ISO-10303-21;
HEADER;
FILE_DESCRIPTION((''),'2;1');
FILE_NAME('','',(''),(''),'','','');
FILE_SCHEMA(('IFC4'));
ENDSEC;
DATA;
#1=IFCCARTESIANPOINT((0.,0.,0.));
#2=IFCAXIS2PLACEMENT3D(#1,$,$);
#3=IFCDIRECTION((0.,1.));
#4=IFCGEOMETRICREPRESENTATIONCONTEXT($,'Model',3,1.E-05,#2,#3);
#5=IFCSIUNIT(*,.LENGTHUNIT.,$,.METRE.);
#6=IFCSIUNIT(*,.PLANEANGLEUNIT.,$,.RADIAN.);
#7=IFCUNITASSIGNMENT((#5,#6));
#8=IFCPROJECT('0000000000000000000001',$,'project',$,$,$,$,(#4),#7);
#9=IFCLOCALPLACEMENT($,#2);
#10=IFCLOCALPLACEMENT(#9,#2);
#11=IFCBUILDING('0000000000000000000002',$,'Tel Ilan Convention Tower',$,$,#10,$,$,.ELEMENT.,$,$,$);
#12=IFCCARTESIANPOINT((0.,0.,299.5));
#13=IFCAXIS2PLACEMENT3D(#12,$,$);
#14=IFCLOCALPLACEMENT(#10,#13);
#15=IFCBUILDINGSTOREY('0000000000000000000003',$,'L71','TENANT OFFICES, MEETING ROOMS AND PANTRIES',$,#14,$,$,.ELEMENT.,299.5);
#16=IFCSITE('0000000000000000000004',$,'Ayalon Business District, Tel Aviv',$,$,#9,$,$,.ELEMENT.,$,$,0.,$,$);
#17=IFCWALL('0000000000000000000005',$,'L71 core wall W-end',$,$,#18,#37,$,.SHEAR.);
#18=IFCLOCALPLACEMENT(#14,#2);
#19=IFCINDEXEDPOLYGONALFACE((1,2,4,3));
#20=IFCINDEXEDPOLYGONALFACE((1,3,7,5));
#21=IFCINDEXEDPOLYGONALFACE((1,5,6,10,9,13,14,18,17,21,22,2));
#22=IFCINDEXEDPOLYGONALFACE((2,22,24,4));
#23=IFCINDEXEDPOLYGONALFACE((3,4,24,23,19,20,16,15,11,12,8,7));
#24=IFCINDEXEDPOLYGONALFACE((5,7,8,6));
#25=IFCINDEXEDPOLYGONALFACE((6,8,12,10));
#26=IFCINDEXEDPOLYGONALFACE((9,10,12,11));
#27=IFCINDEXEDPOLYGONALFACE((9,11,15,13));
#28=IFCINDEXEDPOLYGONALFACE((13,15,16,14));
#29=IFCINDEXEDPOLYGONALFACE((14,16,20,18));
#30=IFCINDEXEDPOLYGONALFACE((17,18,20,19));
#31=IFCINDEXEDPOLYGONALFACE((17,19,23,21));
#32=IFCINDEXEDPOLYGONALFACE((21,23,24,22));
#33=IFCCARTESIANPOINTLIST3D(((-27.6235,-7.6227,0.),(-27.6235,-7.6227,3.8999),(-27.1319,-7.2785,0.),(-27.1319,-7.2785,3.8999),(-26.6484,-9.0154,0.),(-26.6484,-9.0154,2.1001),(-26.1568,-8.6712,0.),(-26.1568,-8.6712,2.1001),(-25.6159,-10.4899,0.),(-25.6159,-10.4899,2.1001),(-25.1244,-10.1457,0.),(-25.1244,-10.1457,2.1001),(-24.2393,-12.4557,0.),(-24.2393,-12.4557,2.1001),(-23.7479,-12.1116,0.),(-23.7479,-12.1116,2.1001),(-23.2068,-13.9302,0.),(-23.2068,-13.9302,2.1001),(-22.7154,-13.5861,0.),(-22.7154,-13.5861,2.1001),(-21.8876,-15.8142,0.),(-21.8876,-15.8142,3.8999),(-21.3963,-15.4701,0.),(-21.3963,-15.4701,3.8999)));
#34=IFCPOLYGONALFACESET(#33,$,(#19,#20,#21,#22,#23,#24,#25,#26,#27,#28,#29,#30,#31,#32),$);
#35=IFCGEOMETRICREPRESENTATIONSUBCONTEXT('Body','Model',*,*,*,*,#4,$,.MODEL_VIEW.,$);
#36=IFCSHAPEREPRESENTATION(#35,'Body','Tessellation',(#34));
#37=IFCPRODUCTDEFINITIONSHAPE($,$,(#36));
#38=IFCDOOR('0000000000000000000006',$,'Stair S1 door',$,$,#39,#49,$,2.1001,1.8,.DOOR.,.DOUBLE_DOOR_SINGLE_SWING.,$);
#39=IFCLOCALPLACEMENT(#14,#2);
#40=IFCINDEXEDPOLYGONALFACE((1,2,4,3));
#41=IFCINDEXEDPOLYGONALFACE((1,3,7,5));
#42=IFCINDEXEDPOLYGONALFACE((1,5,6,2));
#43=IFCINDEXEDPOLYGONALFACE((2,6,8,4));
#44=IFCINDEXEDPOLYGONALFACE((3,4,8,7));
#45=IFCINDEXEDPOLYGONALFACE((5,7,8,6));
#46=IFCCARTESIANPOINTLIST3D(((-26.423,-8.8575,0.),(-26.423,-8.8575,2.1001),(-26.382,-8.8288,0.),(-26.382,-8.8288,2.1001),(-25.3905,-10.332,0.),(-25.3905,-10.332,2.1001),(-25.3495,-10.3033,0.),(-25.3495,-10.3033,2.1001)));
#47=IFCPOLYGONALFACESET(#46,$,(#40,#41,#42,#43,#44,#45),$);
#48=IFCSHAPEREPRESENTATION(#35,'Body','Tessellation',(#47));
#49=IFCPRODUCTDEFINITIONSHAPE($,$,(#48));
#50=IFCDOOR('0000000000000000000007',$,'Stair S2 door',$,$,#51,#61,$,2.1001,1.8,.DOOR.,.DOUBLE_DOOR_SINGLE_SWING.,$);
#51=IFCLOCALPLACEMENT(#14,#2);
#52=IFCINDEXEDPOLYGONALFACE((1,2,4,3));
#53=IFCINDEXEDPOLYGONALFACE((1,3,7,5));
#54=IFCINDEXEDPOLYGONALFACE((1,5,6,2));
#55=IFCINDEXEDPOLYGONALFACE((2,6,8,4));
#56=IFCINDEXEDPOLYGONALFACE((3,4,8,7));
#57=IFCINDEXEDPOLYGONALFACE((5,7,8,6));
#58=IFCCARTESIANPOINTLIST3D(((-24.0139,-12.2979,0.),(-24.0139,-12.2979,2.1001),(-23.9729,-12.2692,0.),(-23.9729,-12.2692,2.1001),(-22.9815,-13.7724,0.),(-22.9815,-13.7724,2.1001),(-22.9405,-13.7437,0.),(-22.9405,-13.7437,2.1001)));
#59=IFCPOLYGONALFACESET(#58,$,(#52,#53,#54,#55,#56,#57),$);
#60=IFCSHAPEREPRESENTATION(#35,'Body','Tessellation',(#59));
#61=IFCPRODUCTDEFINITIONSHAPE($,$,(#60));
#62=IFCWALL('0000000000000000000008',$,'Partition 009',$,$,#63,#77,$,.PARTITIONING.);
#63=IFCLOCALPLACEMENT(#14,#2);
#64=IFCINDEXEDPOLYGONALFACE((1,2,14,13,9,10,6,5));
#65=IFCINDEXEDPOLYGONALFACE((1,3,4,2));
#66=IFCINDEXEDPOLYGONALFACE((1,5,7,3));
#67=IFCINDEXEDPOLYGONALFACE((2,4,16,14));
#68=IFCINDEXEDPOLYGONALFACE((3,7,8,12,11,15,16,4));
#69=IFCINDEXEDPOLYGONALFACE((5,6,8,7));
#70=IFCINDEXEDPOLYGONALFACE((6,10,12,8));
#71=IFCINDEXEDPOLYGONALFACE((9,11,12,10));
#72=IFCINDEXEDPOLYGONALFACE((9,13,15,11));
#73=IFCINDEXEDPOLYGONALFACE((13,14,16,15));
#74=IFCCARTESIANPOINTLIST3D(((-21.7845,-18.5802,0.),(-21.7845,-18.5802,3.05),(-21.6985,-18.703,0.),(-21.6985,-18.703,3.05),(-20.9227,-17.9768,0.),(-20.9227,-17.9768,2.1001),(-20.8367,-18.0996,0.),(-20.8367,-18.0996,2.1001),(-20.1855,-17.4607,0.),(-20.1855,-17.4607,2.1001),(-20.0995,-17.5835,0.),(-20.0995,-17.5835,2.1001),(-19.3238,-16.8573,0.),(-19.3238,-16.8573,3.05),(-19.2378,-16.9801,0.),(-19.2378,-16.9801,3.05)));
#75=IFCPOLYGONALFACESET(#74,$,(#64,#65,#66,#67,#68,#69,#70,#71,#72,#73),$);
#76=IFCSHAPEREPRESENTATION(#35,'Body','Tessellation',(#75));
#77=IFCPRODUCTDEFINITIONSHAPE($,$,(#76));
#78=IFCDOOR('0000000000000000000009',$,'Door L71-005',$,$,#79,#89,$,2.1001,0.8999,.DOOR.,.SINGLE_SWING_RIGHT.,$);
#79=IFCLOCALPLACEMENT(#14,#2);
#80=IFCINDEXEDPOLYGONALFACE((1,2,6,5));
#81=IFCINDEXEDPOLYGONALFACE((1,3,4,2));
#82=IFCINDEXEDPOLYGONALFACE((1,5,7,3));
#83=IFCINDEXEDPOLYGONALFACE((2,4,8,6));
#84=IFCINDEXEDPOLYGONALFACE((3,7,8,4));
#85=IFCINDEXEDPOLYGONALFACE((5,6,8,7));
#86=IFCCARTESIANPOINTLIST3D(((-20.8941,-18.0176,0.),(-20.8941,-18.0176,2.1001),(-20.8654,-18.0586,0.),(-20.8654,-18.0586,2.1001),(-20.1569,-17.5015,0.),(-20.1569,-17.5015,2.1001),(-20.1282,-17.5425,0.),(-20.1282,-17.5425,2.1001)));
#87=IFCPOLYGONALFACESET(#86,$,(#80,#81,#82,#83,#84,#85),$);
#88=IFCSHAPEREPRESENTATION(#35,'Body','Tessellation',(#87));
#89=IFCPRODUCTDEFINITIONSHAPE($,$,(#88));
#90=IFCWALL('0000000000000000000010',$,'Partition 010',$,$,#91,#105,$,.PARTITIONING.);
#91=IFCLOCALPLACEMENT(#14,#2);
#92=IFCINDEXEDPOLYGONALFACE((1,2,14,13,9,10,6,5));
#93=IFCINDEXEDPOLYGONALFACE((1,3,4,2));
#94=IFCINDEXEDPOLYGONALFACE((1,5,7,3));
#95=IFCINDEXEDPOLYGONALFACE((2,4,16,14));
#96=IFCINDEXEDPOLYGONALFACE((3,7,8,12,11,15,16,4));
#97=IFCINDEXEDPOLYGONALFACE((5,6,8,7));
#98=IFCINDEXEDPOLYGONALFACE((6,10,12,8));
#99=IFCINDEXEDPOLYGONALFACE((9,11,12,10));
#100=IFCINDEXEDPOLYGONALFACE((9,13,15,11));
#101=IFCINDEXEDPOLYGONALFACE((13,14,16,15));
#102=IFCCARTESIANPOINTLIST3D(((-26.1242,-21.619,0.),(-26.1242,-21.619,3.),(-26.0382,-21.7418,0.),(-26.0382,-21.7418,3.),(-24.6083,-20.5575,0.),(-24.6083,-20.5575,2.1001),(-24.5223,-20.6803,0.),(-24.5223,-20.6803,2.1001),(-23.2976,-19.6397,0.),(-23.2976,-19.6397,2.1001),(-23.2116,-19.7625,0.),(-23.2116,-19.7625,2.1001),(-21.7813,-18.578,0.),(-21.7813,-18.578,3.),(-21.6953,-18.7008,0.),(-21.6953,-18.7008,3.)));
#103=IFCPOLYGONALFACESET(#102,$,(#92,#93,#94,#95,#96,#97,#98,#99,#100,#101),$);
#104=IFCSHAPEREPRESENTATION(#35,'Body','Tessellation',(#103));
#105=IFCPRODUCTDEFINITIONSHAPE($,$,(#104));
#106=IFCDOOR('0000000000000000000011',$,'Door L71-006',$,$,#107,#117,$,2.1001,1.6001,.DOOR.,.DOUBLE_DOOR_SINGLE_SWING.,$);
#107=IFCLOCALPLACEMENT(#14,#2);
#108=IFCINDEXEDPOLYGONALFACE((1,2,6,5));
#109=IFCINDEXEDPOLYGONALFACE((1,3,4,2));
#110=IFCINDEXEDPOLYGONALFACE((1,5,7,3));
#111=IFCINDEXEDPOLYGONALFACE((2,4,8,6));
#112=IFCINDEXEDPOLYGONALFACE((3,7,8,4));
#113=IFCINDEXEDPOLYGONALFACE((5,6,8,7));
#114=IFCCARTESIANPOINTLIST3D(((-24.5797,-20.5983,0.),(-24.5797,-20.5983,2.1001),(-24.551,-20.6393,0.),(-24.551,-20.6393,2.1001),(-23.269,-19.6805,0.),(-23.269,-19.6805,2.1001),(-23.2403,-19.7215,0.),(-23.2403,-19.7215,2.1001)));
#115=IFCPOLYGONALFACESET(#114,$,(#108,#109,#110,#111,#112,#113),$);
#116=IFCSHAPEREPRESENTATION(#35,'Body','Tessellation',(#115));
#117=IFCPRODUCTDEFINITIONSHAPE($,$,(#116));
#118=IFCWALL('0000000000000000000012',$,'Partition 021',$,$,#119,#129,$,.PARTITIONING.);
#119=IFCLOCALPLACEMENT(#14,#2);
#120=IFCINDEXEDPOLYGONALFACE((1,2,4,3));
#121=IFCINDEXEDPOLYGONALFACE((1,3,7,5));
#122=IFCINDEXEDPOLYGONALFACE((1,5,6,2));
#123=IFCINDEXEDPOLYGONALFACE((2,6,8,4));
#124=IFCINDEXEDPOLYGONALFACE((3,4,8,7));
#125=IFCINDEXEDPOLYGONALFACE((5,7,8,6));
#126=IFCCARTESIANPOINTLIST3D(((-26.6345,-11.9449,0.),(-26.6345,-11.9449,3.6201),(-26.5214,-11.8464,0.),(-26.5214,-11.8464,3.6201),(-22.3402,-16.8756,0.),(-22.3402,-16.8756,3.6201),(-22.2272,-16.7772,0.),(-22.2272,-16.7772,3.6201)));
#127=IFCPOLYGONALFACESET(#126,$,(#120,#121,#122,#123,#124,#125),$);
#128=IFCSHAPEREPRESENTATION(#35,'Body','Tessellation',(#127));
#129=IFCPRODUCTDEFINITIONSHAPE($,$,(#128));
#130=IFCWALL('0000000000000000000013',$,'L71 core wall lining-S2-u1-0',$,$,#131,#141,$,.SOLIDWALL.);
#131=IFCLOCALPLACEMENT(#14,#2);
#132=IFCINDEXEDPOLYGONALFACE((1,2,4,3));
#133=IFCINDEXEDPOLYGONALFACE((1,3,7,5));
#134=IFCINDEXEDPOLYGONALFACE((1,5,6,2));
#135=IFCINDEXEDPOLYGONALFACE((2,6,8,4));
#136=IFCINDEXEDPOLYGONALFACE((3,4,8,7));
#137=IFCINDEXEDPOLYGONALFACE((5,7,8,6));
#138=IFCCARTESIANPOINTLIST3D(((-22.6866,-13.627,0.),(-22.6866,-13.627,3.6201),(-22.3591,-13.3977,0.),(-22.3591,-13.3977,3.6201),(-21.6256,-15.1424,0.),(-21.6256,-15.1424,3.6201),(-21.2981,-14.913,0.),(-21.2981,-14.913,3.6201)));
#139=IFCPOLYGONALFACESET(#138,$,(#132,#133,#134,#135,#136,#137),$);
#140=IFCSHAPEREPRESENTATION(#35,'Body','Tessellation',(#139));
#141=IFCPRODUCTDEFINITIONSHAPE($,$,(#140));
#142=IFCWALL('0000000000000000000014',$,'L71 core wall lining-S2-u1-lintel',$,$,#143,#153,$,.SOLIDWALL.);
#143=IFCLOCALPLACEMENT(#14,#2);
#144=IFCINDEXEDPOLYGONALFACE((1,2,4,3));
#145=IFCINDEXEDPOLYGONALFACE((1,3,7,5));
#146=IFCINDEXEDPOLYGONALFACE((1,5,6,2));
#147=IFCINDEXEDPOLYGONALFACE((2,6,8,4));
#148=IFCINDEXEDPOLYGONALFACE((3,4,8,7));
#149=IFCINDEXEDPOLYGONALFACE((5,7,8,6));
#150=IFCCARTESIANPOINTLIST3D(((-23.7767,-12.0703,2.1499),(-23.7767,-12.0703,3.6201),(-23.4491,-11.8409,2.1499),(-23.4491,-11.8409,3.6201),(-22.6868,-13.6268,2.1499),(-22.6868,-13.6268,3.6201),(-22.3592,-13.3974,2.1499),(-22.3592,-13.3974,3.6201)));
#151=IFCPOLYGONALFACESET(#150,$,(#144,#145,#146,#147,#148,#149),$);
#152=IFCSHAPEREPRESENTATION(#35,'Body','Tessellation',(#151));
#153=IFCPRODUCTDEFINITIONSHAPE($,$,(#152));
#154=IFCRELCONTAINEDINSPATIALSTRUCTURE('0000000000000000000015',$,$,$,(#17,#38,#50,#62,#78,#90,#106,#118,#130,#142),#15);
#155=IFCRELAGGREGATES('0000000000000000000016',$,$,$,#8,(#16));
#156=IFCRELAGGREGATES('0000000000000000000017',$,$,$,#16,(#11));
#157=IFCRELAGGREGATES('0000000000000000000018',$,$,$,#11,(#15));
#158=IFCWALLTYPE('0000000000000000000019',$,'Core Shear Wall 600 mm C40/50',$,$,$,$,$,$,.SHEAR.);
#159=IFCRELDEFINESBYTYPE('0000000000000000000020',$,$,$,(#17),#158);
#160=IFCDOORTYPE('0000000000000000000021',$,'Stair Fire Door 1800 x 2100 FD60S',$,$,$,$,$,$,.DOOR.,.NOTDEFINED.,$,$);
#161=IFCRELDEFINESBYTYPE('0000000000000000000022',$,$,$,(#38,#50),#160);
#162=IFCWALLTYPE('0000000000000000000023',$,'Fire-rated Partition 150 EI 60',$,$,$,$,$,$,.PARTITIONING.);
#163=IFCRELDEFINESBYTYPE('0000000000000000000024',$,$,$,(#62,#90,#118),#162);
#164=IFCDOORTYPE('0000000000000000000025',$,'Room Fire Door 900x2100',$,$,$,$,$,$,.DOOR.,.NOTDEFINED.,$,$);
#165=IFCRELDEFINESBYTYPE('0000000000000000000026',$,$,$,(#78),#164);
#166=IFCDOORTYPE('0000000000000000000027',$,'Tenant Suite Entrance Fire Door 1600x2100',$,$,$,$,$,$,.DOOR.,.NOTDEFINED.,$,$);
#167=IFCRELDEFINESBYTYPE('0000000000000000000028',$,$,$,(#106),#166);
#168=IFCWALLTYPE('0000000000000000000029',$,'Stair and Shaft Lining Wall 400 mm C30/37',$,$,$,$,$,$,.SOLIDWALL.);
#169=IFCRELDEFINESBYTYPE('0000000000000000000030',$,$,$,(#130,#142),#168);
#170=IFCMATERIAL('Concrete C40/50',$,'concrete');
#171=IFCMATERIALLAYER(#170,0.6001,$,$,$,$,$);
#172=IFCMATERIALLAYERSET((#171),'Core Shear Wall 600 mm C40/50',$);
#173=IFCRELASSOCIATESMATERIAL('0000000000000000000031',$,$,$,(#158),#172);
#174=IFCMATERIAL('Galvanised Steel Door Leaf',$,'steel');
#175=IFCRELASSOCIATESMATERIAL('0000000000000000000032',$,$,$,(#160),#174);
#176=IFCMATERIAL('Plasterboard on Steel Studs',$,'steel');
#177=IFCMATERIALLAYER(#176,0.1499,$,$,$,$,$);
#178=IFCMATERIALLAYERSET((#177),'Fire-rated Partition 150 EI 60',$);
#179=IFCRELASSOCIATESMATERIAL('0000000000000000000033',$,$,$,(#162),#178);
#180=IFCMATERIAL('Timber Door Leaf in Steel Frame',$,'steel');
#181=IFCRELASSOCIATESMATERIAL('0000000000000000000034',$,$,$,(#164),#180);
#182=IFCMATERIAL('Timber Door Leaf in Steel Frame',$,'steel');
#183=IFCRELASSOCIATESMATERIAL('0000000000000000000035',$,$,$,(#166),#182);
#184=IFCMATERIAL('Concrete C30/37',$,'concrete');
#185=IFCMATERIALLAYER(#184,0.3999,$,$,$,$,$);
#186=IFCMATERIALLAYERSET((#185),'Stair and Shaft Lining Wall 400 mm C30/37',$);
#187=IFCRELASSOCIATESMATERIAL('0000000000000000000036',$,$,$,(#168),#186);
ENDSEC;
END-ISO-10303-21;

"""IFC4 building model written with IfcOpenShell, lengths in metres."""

from ifc_helpers import new_model, si_unit, direction, frame, frame_2d, origin, place, context, subcontext, project, spatial, polyline, rectangle, outline, extrude, material, layer, layer_set, type_object, element, fill, save


model = new_model("IFC4")

# Units and contexts
model_context = context("Model", 3, precision=1e-05, world=origin(), true_north=direction((0.0, 1.0)))
body_context = subcontext(model_context, "Body", "Model", "MODEL_VIEW")
ifc_project = project(units=[si_unit("LENGTHUNIT", "METRE"), si_unit("PLANEANGLEUNIT", "RADIAN")], contexts=[model_context])

# Site, building, storey
site_placement = place(None, origin())
site = spatial("IfcSite", under=ifc_project, at=site_placement, Name="Ayalon Business District, Tel Aviv", CompositionType="ELEMENT", RefElevation=0.0)
building_placement = place(site_placement, origin())
building = spatial("IfcBuilding", under=site, at=building_placement, Name="Tel Ilan Convention Tower", CompositionType="ELEMENT")
storey_placement = place(building_placement, frame((0.0, 0.0, 299.5)))
storey = spatial("IfcBuildingStorey", under=building, at=storey_placement, Name="L71", Description="TENANT OFFICES, MEETING ROOMS AND PANTRIES", CompositionType="ELEMENT", Elevation=299.5)

# Wall, openings, doors
ifc_material_1 = material(Name="Concrete C40/50", Category="concrete")
ifc_layer_1 = layer(ifc_material_1, 0.6001)
ifc_layer_set_1 = layer_set([ifc_layer_1], Name="Core Shear Wall 600 mm C40/50")
wall_type_1 = type_object("IfcWallType", Name="Core Shear Wall 600 mm C40/50", PredefinedType="SHEAR", material=ifc_layer_set_1)
wall_1_placement = place(storey_placement, frame((-21.6418, -15.6421, 0.0), z_axis=(0.0, 0.0, 1.0), x_axis=(-0.573587, 0.819145, 0.0)))
wall_1 = element("IfcWall", 1, at=wall_1_placement, inside=storey, type_object=wall_type_1, Name="L71 core wall W-end", PredefinedType="SHEAR", context=body_context, shape_type="SweptSolid", body=[
    extrude(outline(polyline([(0.0, 0.3), (0.0, -0.2998), (10.0, -0.3), (10.0, 0.3), (0.0, 0.3)])), origin(), (0.0, 0.0, 1.0), 3.8999),
])
opening_1_placement = place(wall_1_placement, frame((6.5, 0.0, 0.0)))
opening_1 = element("IfcOpeningElement", 2, at=opening_1_placement, cuts=wall_1, PredefinedType="OPENING", context=body_context, shape_type="SweptSolid", body=[
    extrude(rectangle(XDim=1.8, YDim=2.1001, at=frame_2d((0.8999, 1.05))), frame((0.0, 0.3101, 0.0), z_axis=(0.0, -1.0, 0.0), x_axis=(1.0, 0.0, 0.0)), (0.0, 0.0, 1.0), 0.6201),
])
opening_2_placement = place(wall_1_placement, frame((2.3, 0.0, 0.0)))
opening_2 = element("IfcOpeningElement", 3, at=opening_2_placement, cuts=wall_1, PredefinedType="OPENING", context=body_context, shape_type="SweptSolid", body=[
    extrude(rectangle(XDim=1.8, YDim=2.1001, at=frame_2d((0.8999, 1.05))), frame((0.0, 0.3101, 0.0), z_axis=(0.0, -1.0, 0.0), x_axis=(1.0, 0.0, 0.0)), (0.0, 0.0, 1.0), 0.6201),
])
ifc_material_2 = material(Name="Galvanised Steel Door Leaf", Category="steel")
door_type_1 = type_object("IfcDoorType", Name="Stair Fire Door 1800 x 2100 FD60S", OperationType="NOTDEFINED", PredefinedType="DOOR", material=ifc_material_2)
door_1_placement = place(opening_1_placement, origin())
door_1 = element("IfcDoor", 4, at=door_1_placement, inside=storey, type_object=door_type_1, Name="Stair S1 door", OperationType="DOUBLE_DOOR_SINGLE_SWING", OverallHeight=2.1001, OverallWidth=1.8, PredefinedType="DOOR", context=body_context, shape_type="SweptSolid", body=[
    extrude(rectangle(XDim=1.8, YDim=2.1001, at=frame_2d((0.8999, 1.05))), frame((0.0, 0.0249, 0.0), z_axis=(0.0, -1.0, 0.0), x_axis=(1.0, 0.0, 0.0)), (0.0, 0.0, 1.0), 0.05),
])
fill(opening_1, door_1)
door_2_placement = place(opening_2_placement, origin())
door_2 = element("IfcDoor", 5, at=door_2_placement, inside=storey, type_object=door_type_1, Name="Stair S2 door", OperationType="DOUBLE_DOOR_SINGLE_SWING", OverallHeight=2.1001, OverallWidth=1.8, PredefinedType="DOOR", context=body_context, shape_type="SweptSolid", body=[
    extrude(rectangle(XDim=1.8, YDim=2.1001, at=frame_2d((0.8999, 1.05))), frame((0.0, 0.0249, 0.0), z_axis=(0.0, -1.0, 0.0), x_axis=(1.0, 0.0, 0.0)), (0.0, 0.0, 1.0), 0.05),
])
fill(opening_2, door_2)

# Walls, openings, doors
ifc_material_3 = material(Name="Plasterboard on Steel Studs", Category="steel")
ifc_layer_2 = layer(ifc_material_3, 0.1499)
ifc_layer_set_2 = layer_set([ifc_layer_2], Name="Fire-rated Partition 150 EI 60")
wall_type_2 = type_object("IfcWallType", Name="Fire-rated Partition 150 EI 60", PredefinedType="PARTITIONING", material=ifc_layer_set_2)
wall_2_placement = place(storey_placement, frame((-19.2808, -16.9187, 0.0), z_axis=(0.0, 0.0, 1.0), x_axis=(-0.819167, -0.573555, 0.0)))
wall_2 = element("IfcWall", 6, at=wall_2_placement, inside=storey, type_object=wall_type_2, Name="Partition 009", PredefinedType="PARTITIONING", context=body_context, shape_type="SweptSolid", body=[
    extrude(rectangle(XDim=3.0039, YDim=0.1499, at=frame_2d((1.502, 0.0))), origin(), (0.0, 0.0, 1.0), 3.05),
])
opening_3_placement = place(wall_2_placement, frame((1.052, 0.0, 0.0)))
opening_3 = element("IfcOpeningElement", 7, at=opening_3_placement, cuts=wall_2, PredefinedType="OPENING", context=body_context, shape_type="SweptSolid", body=[
    extrude(rectangle(XDim=0.8999, YDim=2.1001, at=frame_2d((0.45, 1.05))), frame((0.0, 0.085, 0.0), z_axis=(0.0, -1.0, 0.0), x_axis=(1.0, 0.0, 0.0)), (0.0, 0.0, 1.0), 0.1699),
])
ifc_material_4 = material(Name="Timber Door Leaf in Steel Frame", Category="steel")
door_type_2 = type_object("IfcDoorType", Name="Room Fire Door 900x2100", OperationType="NOTDEFINED", PredefinedType="DOOR", material=ifc_material_4)
door_3_placement = place(opening_3_placement, origin())
door_3 = element("IfcDoor", 8, at=door_3_placement, inside=storey, type_object=door_type_2, Name="Door L71-005", OperationType="SINGLE_SWING_RIGHT", OverallHeight=2.1001, OverallWidth=0.8999, PredefinedType="DOOR", context=body_context, shape_type="SweptSolid", body=[
    extrude(rectangle(XDim=0.8999, YDim=2.1001, at=frame_2d((0.45, 1.05))), frame((0.0, 0.0249, 0.0), z_axis=(0.0, -1.0, 0.0), x_axis=(1.0, 0.0, 0.0)), (0.0, 0.0, 1.0), 0.05),
])
fill(opening_3, door_3)
wall_3_placement = place(storey_placement, frame((-21.7383, -18.6394, 0.0), z_axis=(0.0, 0.0, 1.0), x_axis=(-0.819152, -0.573577, 0.0)))
wall_3 = element("IfcWall", 9, at=wall_3_placement, inside=storey, type_object=wall_type_2, Name="Partition 010", PredefinedType="PARTITIONING", context=body_context, shape_type="SweptSolid", body=[
    extrude(rectangle(XDim=5.3018, YDim=0.1499, at=frame_2d((2.6509, 0.0))), origin(), (0.0, 0.0, 1.0), 3.0),
])
opening_4_placement = place(wall_3_placement, frame((1.8511, 0.0, 0.0)))
opening_4 = element("IfcOpeningElement", 10, at=opening_4_placement, cuts=wall_3, PredefinedType="OPENING", context=body_context, shape_type="SweptSolid", body=[
    extrude(rectangle(XDim=1.6001, YDim=2.1001, at=frame_2d((0.8, 1.05))), frame((0.0, 0.085, 0.0), z_axis=(0.0, -1.0, 0.0), x_axis=(1.0, 0.0, 0.0)), (0.0, 0.0, 1.0), 0.1699),
])
ifc_material_5 = material(Name="Timber Door Leaf in Steel Frame", Category="steel")
door_type_3 = type_object("IfcDoorType", Name="Tenant Suite Entrance Fire Door 1600x2100", OperationType="NOTDEFINED", PredefinedType="DOOR", material=ifc_material_5)
door_4_placement = place(opening_4_placement, origin())
door_4 = element("IfcDoor", 11, at=door_4_placement, inside=storey, type_object=door_type_3, Name="Door L71-006", OperationType="DOUBLE_DOOR_SINGLE_SWING", OverallHeight=2.1001, OverallWidth=1.6001, PredefinedType="DOOR", context=body_context, shape_type="SweptSolid", body=[
    extrude(rectangle(XDim=1.6001, YDim=2.1001, at=frame_2d((0.8, 1.05))), frame((0.0, 0.0249, 0.0), z_axis=(0.0, -1.0, 0.0), x_axis=(1.0, 0.0, 0.0)), (0.0, 0.0, 1.0), 0.05),
])
fill(opening_4, door_4)

# Walls
wall_4_placement = place(storey_placement, frame((-22.2837, -16.8264, 0.0), z_axis=(0.0, 0.0, 1.0), x_axis=(-0.656758, 0.754101, 0.0)))
element("IfcWall", 12, at=wall_4_placement, inside=storey, type_object=wall_type_2, Name="Partition 021", PredefinedType="PARTITIONING", context=body_context, shape_type="SweptSolid", body=[
    extrude(rectangle(XDim=6.5386, YDim=0.1499, at=frame_2d((3.2693, 0.0))), origin(), (0.0, 0.0, 1.0), 3.6201),
])
ifc_material_6 = material(Name="Concrete C30/37", Category="concrete")
ifc_layer_3 = layer(ifc_material_6, 0.3999)
ifc_layer_set_3 = layer_set([ifc_layer_3], Name="Stair and Shaft Lining Wall 400 mm C30/37")
wall_type_3 = type_object("IfcWallType", Name="Stair and Shaft Lining Wall 400 mm C30/37", PredefinedType="SOLIDWALL", material=ifc_layer_set_3)
wall_5_placement = place(storey_placement, frame((-21.4619, -15.0276, 0.0), z_axis=(0.0, 0.0, 1.0), x_axis=(-0.57356, 0.819164, 0.0)))
element("IfcWall", 13, at=wall_5_placement, inside=storey, type_object=wall_type_3, Name="L71 core wall lining-S2-u1-0", PredefinedType="SOLIDWALL", context=body_context, shape_type="SweptSolid", body=[
    extrude(rectangle(XDim=1.8499, YDim=0.3999, at=frame_2d((0.9248, 0.0))), origin(), (0.0, 0.0, 1.0), 3.6201),
])
wall_6_placement = place(storey_placement, frame((-22.5229, -13.5122, 2.1499), z_axis=(0.0, 0.0, 1.0), x_axis=(-0.573592, 0.819141, 0.0)))
element("IfcWall", 14, at=wall_6_placement, inside=storey, type_object=wall_type_3, Name="L71 core wall lining-S2-u1-lintel", PredefinedType="SOLIDWALL", context=body_context, shape_type="SweptSolid", body=[
    extrude(rectangle(XDim=1.9001, YDim=0.3999, at=frame_2d((0.9502, 0.0))), origin(), (0.0, 0.0, 1.0), 1.4702),
])

save(model, "model.ifc")
